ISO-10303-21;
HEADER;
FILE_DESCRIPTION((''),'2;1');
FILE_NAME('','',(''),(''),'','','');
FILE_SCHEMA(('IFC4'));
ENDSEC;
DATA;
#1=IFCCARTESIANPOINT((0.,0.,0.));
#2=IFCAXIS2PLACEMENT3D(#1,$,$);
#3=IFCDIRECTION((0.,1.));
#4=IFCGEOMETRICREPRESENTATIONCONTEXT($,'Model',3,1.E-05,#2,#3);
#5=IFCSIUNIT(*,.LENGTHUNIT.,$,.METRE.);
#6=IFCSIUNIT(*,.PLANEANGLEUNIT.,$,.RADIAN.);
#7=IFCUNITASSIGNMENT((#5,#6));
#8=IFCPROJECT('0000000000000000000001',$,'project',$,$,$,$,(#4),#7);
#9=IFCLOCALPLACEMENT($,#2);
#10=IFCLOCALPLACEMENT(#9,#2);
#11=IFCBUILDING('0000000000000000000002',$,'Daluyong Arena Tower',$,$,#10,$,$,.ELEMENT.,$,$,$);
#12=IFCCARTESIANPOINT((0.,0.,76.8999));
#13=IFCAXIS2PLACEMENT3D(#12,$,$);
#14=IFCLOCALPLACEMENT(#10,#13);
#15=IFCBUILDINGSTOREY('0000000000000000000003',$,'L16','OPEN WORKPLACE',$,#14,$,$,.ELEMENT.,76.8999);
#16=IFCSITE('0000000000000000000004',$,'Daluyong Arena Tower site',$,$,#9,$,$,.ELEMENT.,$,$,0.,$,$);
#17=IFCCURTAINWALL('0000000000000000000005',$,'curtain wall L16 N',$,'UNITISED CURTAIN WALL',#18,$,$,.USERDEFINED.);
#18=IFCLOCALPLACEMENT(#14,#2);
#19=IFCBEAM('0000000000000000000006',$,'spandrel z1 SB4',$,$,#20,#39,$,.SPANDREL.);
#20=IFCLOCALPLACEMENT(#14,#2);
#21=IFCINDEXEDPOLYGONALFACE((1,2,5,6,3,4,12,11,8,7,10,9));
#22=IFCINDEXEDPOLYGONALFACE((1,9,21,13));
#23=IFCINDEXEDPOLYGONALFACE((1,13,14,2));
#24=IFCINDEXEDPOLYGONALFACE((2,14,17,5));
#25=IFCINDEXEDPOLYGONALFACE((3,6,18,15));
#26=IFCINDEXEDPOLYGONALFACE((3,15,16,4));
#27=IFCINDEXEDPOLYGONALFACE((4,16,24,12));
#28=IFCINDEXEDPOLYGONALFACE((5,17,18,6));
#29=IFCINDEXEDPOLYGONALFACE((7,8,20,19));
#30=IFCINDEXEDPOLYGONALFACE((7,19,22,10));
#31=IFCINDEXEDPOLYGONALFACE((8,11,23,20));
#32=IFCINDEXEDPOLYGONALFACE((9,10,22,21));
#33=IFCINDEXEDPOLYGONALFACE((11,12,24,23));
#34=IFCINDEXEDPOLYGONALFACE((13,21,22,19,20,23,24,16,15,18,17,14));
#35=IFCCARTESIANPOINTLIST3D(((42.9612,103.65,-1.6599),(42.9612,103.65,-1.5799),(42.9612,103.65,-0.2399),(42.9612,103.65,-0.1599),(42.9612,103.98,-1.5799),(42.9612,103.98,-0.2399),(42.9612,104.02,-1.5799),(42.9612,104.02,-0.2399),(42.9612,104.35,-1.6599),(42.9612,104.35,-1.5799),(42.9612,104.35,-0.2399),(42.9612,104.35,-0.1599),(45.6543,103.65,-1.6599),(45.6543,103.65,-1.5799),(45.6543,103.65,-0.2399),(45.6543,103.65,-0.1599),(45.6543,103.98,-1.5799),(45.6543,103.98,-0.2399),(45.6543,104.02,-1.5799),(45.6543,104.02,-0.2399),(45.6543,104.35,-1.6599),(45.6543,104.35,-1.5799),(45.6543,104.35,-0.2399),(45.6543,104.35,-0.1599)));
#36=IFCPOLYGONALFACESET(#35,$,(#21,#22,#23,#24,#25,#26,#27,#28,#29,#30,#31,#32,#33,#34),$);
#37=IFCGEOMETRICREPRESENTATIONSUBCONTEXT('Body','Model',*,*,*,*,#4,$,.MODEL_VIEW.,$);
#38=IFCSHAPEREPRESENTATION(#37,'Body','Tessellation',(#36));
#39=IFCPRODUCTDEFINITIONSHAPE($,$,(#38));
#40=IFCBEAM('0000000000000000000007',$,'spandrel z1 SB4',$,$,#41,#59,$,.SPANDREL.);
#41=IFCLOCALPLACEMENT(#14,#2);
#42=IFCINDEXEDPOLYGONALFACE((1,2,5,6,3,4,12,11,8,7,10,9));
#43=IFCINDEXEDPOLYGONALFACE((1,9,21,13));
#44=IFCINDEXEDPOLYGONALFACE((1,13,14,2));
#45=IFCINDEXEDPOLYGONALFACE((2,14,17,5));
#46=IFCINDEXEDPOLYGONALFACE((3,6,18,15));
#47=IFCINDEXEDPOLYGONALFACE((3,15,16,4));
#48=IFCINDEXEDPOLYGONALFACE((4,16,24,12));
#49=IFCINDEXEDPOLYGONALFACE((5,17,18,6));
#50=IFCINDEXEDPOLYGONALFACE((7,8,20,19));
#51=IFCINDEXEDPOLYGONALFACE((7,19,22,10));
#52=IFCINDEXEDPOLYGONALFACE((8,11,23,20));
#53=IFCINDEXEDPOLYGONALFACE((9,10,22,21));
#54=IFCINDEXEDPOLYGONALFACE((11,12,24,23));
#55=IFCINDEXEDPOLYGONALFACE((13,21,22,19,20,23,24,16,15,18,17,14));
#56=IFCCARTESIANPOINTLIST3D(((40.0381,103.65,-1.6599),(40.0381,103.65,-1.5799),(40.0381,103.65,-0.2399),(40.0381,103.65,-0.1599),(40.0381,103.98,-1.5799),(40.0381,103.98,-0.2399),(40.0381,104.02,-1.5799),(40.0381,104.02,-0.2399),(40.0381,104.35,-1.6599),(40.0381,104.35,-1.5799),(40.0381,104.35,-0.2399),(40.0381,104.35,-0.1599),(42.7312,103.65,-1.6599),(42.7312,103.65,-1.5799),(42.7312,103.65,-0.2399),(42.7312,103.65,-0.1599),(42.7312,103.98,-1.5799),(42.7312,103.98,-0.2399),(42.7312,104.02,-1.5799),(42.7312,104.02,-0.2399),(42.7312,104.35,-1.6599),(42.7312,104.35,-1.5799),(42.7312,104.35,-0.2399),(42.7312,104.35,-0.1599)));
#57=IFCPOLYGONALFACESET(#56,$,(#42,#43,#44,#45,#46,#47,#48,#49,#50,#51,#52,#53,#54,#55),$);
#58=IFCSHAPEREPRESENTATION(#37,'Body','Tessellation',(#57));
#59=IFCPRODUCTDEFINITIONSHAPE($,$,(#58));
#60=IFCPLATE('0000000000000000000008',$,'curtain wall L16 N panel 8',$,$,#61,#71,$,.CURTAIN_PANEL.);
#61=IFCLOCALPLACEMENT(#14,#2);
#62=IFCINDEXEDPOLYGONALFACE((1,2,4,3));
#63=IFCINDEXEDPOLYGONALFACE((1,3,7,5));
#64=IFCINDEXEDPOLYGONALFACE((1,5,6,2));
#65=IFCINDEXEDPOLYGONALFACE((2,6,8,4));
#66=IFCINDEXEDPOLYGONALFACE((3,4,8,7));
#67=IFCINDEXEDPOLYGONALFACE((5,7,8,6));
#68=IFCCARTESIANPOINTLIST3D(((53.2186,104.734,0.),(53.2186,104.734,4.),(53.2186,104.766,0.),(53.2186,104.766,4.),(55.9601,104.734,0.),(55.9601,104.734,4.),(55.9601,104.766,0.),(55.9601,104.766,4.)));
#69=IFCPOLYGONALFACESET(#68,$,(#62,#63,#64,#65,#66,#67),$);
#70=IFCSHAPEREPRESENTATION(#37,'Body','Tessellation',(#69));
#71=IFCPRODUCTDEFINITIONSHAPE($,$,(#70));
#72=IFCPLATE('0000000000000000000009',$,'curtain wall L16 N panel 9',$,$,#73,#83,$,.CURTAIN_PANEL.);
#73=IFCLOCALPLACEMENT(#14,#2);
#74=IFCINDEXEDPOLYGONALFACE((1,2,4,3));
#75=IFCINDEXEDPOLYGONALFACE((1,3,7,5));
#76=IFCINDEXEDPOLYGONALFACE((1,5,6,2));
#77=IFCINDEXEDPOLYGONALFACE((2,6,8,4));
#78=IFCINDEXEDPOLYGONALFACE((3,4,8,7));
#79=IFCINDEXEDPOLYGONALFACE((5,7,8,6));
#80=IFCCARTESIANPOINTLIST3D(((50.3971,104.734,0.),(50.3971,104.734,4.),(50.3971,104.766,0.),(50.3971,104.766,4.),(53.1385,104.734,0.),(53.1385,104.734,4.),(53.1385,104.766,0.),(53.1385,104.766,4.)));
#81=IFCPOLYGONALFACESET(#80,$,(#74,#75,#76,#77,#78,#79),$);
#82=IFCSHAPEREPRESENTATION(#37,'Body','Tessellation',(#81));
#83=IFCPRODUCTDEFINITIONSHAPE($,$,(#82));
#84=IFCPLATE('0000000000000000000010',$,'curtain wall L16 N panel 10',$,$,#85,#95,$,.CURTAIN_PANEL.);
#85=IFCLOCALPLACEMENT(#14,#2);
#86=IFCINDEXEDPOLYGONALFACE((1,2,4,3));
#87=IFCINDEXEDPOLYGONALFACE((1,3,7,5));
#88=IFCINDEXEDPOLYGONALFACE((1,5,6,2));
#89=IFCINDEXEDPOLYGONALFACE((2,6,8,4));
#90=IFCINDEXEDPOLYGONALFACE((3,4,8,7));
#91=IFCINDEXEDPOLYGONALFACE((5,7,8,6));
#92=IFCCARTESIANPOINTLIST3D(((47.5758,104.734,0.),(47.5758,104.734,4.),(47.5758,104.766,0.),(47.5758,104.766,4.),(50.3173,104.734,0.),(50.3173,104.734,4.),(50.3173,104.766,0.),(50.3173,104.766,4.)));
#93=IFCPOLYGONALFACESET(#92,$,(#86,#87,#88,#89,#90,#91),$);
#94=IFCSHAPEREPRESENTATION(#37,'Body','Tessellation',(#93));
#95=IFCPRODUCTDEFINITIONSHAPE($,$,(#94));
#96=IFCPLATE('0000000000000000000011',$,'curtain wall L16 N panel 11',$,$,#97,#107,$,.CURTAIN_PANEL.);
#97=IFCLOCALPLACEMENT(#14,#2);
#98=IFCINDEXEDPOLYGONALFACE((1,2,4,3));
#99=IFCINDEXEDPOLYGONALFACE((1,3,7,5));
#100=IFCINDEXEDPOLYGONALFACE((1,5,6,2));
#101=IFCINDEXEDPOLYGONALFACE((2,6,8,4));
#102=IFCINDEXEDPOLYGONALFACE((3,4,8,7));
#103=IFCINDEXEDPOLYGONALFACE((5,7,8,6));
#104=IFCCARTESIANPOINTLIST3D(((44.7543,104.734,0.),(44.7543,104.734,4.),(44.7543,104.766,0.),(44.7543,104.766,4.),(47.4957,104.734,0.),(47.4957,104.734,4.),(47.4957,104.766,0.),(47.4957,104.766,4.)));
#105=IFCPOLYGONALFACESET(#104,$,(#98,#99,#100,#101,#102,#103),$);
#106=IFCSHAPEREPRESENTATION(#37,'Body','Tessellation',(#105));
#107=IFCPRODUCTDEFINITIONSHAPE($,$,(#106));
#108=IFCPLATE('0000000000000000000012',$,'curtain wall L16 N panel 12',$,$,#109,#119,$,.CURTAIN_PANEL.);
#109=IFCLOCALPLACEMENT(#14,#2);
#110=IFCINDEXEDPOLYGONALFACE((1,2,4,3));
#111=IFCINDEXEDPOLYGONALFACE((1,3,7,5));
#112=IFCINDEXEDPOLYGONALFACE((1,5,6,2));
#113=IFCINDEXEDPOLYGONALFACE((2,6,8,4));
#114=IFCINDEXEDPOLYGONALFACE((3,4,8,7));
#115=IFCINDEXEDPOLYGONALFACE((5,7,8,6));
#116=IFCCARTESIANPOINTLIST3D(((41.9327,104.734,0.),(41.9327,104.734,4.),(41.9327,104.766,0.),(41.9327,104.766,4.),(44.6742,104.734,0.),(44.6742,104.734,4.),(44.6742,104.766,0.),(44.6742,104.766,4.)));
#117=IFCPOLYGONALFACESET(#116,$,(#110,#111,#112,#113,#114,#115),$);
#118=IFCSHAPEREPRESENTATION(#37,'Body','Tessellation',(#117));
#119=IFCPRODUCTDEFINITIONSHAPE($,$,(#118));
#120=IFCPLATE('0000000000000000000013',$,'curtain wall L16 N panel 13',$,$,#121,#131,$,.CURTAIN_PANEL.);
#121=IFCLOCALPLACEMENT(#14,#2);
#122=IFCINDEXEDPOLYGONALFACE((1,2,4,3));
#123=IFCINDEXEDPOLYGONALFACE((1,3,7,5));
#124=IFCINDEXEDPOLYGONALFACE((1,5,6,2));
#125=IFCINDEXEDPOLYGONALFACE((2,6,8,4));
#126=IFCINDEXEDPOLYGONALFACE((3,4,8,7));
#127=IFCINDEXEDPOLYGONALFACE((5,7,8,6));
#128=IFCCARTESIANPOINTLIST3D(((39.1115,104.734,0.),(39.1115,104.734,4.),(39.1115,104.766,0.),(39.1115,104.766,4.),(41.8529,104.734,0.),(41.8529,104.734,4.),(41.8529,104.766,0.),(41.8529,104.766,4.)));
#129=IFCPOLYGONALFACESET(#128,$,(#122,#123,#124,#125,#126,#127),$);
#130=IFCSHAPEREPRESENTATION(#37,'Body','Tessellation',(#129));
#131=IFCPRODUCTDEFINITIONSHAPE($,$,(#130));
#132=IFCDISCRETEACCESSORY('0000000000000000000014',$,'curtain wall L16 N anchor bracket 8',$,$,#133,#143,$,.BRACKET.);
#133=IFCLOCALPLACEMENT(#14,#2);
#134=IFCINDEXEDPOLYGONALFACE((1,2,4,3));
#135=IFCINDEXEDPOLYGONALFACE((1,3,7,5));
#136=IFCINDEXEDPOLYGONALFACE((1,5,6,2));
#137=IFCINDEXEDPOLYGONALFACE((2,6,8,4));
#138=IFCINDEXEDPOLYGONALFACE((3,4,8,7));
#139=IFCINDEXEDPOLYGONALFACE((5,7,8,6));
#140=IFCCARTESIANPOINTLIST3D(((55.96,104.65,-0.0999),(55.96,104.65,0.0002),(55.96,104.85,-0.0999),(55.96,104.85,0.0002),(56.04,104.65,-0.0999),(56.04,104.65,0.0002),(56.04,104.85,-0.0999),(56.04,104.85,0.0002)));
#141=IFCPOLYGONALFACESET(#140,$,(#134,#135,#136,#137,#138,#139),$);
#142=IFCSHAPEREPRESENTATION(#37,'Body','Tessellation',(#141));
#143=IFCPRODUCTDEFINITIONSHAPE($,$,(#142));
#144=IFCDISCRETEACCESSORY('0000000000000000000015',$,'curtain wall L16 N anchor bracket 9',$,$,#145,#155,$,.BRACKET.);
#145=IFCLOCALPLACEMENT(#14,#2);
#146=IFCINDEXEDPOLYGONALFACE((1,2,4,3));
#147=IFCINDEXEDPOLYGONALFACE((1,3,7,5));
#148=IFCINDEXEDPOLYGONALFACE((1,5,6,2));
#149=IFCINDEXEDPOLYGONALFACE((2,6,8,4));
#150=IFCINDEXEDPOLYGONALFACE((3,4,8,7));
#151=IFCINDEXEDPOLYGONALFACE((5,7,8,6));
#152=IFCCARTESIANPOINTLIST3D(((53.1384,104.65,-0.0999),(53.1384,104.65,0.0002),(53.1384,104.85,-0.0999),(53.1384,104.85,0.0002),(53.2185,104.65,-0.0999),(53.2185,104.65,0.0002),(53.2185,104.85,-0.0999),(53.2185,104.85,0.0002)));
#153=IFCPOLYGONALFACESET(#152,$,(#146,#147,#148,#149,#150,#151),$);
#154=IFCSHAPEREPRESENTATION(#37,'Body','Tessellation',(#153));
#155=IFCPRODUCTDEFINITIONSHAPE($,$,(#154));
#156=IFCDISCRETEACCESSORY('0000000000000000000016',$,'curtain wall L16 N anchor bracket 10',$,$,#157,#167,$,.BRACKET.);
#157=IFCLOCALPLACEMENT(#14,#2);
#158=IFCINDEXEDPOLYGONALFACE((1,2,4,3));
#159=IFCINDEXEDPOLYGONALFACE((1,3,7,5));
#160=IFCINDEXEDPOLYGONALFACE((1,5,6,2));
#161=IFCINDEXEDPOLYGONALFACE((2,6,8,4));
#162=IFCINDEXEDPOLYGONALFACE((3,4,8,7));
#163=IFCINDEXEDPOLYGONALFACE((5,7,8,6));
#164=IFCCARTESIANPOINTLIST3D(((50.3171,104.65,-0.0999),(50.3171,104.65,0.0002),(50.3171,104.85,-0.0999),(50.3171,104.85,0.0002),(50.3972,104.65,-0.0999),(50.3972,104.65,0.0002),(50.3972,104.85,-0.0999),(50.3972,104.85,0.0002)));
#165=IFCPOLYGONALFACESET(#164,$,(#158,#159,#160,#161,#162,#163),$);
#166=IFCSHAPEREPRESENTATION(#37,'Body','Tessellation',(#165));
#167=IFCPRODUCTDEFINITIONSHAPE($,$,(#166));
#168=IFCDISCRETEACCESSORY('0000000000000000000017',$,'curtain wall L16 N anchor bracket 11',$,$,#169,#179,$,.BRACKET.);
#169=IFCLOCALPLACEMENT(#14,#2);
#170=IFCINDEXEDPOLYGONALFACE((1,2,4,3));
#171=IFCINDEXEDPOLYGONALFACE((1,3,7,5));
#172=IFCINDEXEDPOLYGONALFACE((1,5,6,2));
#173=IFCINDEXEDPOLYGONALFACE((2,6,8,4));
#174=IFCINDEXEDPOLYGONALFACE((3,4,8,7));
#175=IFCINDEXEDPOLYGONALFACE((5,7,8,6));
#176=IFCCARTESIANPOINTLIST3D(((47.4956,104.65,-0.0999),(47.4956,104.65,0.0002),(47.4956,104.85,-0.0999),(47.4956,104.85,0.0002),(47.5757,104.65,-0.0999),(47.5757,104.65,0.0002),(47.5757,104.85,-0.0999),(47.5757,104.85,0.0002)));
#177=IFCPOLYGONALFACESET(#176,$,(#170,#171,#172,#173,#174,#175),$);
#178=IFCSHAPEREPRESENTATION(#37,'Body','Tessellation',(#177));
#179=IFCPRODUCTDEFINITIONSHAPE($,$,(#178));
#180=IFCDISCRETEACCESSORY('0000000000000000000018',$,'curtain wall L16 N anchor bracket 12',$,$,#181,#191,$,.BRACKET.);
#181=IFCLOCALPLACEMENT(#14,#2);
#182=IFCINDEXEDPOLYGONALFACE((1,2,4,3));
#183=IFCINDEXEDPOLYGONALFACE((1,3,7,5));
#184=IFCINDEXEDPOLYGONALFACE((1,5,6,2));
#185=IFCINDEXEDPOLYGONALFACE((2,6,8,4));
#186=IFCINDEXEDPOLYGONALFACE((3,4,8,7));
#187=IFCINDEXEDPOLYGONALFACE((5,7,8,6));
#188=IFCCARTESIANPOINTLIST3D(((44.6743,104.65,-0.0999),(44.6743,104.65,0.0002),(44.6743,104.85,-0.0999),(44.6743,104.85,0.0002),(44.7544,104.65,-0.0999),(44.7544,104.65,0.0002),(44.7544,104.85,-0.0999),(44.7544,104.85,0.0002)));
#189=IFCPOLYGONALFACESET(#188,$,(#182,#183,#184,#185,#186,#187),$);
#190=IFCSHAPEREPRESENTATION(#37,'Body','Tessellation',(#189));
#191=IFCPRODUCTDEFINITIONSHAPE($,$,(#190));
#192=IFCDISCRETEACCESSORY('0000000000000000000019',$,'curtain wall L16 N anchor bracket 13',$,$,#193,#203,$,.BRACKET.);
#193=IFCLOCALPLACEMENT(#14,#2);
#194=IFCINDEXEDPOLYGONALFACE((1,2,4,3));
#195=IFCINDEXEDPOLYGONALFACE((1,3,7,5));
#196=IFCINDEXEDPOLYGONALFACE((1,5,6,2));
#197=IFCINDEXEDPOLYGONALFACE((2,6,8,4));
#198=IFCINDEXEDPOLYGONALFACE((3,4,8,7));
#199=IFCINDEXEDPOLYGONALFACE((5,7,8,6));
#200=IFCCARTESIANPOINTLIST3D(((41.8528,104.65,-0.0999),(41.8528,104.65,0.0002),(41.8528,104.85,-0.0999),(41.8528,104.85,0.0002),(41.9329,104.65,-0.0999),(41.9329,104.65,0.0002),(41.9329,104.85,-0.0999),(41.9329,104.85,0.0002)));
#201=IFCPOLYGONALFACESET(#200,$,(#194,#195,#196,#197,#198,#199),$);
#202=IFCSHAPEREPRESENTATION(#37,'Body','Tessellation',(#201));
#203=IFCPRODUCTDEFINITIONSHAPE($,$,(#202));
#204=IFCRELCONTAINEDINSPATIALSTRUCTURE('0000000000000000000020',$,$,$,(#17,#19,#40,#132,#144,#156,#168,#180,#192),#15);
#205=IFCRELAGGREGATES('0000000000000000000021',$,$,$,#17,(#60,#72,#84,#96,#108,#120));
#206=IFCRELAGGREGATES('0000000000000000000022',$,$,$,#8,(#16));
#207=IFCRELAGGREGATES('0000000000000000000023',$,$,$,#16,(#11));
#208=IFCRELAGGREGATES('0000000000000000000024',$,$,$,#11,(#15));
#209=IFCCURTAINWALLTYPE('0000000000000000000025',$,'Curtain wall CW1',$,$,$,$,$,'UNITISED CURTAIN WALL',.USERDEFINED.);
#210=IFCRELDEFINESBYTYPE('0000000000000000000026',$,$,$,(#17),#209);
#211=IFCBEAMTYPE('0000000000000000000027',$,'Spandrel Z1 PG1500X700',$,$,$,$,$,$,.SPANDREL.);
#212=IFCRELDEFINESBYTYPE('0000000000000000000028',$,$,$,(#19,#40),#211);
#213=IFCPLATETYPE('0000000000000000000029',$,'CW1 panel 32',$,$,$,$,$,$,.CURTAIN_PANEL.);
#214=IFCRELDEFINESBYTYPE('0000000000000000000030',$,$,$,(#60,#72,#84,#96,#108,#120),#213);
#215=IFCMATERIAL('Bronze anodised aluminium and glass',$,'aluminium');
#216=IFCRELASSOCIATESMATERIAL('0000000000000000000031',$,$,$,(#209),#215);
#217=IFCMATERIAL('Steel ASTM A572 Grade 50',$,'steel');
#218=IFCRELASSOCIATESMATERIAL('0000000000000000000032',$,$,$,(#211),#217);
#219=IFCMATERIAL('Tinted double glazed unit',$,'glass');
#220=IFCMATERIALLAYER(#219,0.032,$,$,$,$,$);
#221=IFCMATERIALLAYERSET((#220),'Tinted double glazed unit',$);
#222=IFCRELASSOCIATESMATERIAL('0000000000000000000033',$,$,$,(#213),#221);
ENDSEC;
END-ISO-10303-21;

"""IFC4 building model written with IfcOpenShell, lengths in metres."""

from ifc_helpers import new_model, si_unit, direction, frame, origin, origin_2d, place, context, subcontext, project, spatial, rectangle, i_section, extrude, material, layer, layer_set, material_profile, profile_set, type_object, element, aggregate, save


model = new_model("IFC4")

# Units and contexts
model_context = context("Model", 3, precision=1e-05, world=origin(), true_north=direction((0.0, 1.0)))
body_context = subcontext(model_context, "Body", "Model", "MODEL_VIEW")
ifc_project = project(units=[si_unit("LENGTHUNIT", "METRE"), si_unit("PLANEANGLEUNIT", "RADIAN")], contexts=[model_context])

# Site, building, storey
site_placement = place(None, origin())
site = spatial("IfcSite", under=ifc_project, at=site_placement, Name="Daluyong Arena Tower site", CompositionType="ELEMENT", RefElevation=0.0)
building_placement = place(site_placement, origin())
building = spatial("IfcBuilding", under=site, at=building_placement, Name="Daluyong Arena Tower", CompositionType="ELEMENT")
storey_placement = place(building_placement, frame((0.0, 0.0, 76.8999)))
storey = spatial("IfcBuildingStorey", under=building, at=storey_placement, Name="L16", Description="OPEN WORKPLACE", CompositionType="ELEMENT", Elevation=76.8999)

# Curtain wall
ifc_material_1 = material(Name="Bronze anodised aluminium and glass", Category="aluminium")
curtain_wall_type = type_object("IfcCurtainWallType", Name="Curtain wall CW1", ElementType="UNITISED CURTAIN WALL", PredefinedType="USERDEFINED", material=ifc_material_1)
curtain_wall_placement = place(storey_placement, origin())
curtain_wall = element("IfcCurtainWall", 1, at=curtain_wall_placement, inside=storey, type_object=curtain_wall_type, Name="curtain wall L16 N", ObjectType="UNITISED CURTAIN WALL", PredefinedType="USERDEFINED")

# Beams
ifc_material_2 = material(Name="Steel ASTM A572 Grade 50", Category="steel")
ifc_material_profile_1 = material_profile(ifc_material_2, i_section(OverallWidth=0.7, OverallDepth=1.5, WebThickness=0.04, FlangeThickness=0.08, at=origin_2d()))
ifc_profile_set_1 = profile_set([ifc_material_profile_1], Name="Steel ASTM A572 Grade 50")
beam_type_1 = type_object("IfcBeamType", Name="Spandrel Z1 PG1500X700", PredefinedType="SPANDREL", material=ifc_profile_set_1)
for number, where, z_axis, x_axis, name in (
    (2, (45.6543, 104.0, -0.9099), (-1.0, 0.0, 0.0), (0.0, -1.0, 0.0), "spandrel z1 SB4"),
    (3, (42.7312, 104.0, -0.9099), (-1.0, 0.0, 0.0), (0.0, -1.0, 0.0), "spandrel z1 SB4"),
):
    element("IfcBeam", number, at=place(storey_placement, frame(where, z_axis=z_axis, x_axis=x_axis)), inside=storey, type_object=beam_type_1, Name=name, PredefinedType="SPANDREL", context=body_context, shape_type="SweptSolid", body=[
        extrude(i_section(OverallWidth=0.7, OverallDepth=1.5, WebThickness=0.04, FlangeThickness=0.08, at=origin_2d()), origin(), (0.0, 0.0, 1.0), 2.6931),
    ])

# Plates
ifc_material_3 = material(Name="Tinted double glazed unit", Category="glass")
ifc_layer = layer(ifc_material_3, 0.032)
ifc_layer_set = layer_set([ifc_layer], Name="Tinted double glazed unit")
plate_type = type_object("IfcPlateType", Name="CW1 panel 32", PredefinedType="CURTAIN_PANEL", material=ifc_layer_set)
plate_1_placement = place(storey_placement, frame((54.5894, 104.75, 0.0), z_axis=(0.0, 0.0, 1.0), x_axis=(-1.0, 0.0, 0.0)))
plate_1 = element("IfcPlate", 4, at=plate_1_placement, type_object=plate_type, Name="curtain wall L16 N panel 8", PredefinedType="CURTAIN_PANEL", context=body_context, shape_type="SweptSolid", body=[
    extrude(rectangle(XDim=2.7415, YDim=0.032, at=origin_2d()), origin(), (0.0, 0.0, 1.0), 4.0),
])
plate_2_placement = place(storey_placement, frame((51.7678, 104.75, 0.0), z_axis=(0.0, 0.0, 1.0), x_axis=(-1.0, 0.0, 0.0)))
plate_2 = element("IfcPlate", 5, at=plate_2_placement, type_object=plate_type, Name="curtain wall L16 N panel 9", PredefinedType="CURTAIN_PANEL", context=body_context, shape_type="SweptSolid", body=[
    extrude(rectangle(XDim=2.7415, YDim=0.032, at=origin_2d()), origin(), (0.0, 0.0, 1.0), 4.0),
])
plate_3_placement = place(storey_placement, frame((48.9465, 104.75, 0.0), z_axis=(0.0, 0.0, 1.0), x_axis=(-1.0, 0.0, 0.0)))
plate_3 = element("IfcPlate", 6, at=plate_3_placement, type_object=plate_type, Name="curtain wall L16 N panel 10", PredefinedType="CURTAIN_PANEL", context=body_context, shape_type="SweptSolid", body=[
    extrude(rectangle(XDim=2.7415, YDim=0.032, at=origin_2d()), origin(), (0.0, 0.0, 1.0), 4.0),
])
plate_4_placement = place(storey_placement, frame((46.125, 104.75, 0.0), z_axis=(0.0, 0.0, 1.0), x_axis=(-1.0, 0.0, 0.0)))
plate_4 = element("IfcPlate", 7, at=plate_4_placement, type_object=plate_type, Name="curtain wall L16 N panel 11", PredefinedType="CURTAIN_PANEL", context=body_context, shape_type="SweptSolid", body=[
    extrude(rectangle(XDim=2.7415, YDim=0.032, at=origin_2d()), origin(), (0.0, 0.0, 1.0), 4.0),
])
plate_5_placement = place(storey_placement, frame((43.3035, 104.75, 0.0), z_axis=(0.0, 0.0, 1.0), x_axis=(-1.0, 0.0, 0.0)))
plate_5 = element("IfcPlate", 8, at=plate_5_placement, type_object=plate_type, Name="curtain wall L16 N panel 12", PredefinedType="CURTAIN_PANEL", context=body_context, shape_type="SweptSolid", body=[
    extrude(rectangle(XDim=2.7415, YDim=0.032, at=origin_2d()), origin(), (0.0, 0.0, 1.0), 4.0),
])
plate_6_placement = place(storey_placement, frame((40.4822, 104.75, 0.0), z_axis=(0.0, 0.0, 1.0), x_axis=(-1.0, 0.0, 0.0)))
plate_6 = element("IfcPlate", 9, at=plate_6_placement, type_object=plate_type, Name="curtain wall L16 N panel 13", PredefinedType="CURTAIN_PANEL", context=body_context, shape_type="SweptSolid", body=[
    extrude(rectangle(XDim=2.7415, YDim=0.032, at=origin_2d()), origin(), (0.0, 0.0, 1.0), 4.0),
])
aggregate(curtain_wall, [plate_1, plate_2, plate_3, plate_4, plate_5, plate_6])

# Discrete accessories
for number, where, z_axis, x_axis, name in (
    (10, (56.0, 104.75, -0.0999), (0.0, 0.0, 1.0), (-1.0, 0.0, 0.0), "curtain wall L16 N anchor bracket 8"),
    (11, (53.1785, 104.75, -0.0999), (0.0, 0.0, 1.0), (-1.0, 0.0, 0.0), "curtain wall L16 N anchor bracket 9"),
    (12, (50.3572, 104.75, -0.0999), (0.0, 0.0, 1.0), (-1.0, 0.0, 0.0), "curtain wall L16 N anchor bracket 10"),
    (13, (47.5356, 104.75, -0.0999), (0.0, 0.0, 1.0), (-1.0, 0.0, 0.0), "curtain wall L16 N anchor bracket 11"),
    (14, (44.7144, 104.75, -0.0999), (0.0, 0.0, 1.0), (-1.0, 0.0, 0.0), "curtain wall L16 N anchor bracket 12"),
    (15, (41.8928, 104.75, -0.0999), (0.0, 0.0, 1.0), (-1.0, 0.0, 0.0), "curtain wall L16 N anchor bracket 13"),
):
    element("IfcDiscreteAccessory", number, at=place(storey_placement, frame(where, z_axis=z_axis, x_axis=x_axis)), inside=storey, Name=name, PredefinedType="BRACKET", context=body_context, shape_type="SweptSolid", body=[
        extrude(rectangle(XDim=0.0801, YDim=0.2, at=origin_2d()), origin(), (0.0, 0.0, 1.0), 0.1001),
    ])

save(model, "model.ifc")
